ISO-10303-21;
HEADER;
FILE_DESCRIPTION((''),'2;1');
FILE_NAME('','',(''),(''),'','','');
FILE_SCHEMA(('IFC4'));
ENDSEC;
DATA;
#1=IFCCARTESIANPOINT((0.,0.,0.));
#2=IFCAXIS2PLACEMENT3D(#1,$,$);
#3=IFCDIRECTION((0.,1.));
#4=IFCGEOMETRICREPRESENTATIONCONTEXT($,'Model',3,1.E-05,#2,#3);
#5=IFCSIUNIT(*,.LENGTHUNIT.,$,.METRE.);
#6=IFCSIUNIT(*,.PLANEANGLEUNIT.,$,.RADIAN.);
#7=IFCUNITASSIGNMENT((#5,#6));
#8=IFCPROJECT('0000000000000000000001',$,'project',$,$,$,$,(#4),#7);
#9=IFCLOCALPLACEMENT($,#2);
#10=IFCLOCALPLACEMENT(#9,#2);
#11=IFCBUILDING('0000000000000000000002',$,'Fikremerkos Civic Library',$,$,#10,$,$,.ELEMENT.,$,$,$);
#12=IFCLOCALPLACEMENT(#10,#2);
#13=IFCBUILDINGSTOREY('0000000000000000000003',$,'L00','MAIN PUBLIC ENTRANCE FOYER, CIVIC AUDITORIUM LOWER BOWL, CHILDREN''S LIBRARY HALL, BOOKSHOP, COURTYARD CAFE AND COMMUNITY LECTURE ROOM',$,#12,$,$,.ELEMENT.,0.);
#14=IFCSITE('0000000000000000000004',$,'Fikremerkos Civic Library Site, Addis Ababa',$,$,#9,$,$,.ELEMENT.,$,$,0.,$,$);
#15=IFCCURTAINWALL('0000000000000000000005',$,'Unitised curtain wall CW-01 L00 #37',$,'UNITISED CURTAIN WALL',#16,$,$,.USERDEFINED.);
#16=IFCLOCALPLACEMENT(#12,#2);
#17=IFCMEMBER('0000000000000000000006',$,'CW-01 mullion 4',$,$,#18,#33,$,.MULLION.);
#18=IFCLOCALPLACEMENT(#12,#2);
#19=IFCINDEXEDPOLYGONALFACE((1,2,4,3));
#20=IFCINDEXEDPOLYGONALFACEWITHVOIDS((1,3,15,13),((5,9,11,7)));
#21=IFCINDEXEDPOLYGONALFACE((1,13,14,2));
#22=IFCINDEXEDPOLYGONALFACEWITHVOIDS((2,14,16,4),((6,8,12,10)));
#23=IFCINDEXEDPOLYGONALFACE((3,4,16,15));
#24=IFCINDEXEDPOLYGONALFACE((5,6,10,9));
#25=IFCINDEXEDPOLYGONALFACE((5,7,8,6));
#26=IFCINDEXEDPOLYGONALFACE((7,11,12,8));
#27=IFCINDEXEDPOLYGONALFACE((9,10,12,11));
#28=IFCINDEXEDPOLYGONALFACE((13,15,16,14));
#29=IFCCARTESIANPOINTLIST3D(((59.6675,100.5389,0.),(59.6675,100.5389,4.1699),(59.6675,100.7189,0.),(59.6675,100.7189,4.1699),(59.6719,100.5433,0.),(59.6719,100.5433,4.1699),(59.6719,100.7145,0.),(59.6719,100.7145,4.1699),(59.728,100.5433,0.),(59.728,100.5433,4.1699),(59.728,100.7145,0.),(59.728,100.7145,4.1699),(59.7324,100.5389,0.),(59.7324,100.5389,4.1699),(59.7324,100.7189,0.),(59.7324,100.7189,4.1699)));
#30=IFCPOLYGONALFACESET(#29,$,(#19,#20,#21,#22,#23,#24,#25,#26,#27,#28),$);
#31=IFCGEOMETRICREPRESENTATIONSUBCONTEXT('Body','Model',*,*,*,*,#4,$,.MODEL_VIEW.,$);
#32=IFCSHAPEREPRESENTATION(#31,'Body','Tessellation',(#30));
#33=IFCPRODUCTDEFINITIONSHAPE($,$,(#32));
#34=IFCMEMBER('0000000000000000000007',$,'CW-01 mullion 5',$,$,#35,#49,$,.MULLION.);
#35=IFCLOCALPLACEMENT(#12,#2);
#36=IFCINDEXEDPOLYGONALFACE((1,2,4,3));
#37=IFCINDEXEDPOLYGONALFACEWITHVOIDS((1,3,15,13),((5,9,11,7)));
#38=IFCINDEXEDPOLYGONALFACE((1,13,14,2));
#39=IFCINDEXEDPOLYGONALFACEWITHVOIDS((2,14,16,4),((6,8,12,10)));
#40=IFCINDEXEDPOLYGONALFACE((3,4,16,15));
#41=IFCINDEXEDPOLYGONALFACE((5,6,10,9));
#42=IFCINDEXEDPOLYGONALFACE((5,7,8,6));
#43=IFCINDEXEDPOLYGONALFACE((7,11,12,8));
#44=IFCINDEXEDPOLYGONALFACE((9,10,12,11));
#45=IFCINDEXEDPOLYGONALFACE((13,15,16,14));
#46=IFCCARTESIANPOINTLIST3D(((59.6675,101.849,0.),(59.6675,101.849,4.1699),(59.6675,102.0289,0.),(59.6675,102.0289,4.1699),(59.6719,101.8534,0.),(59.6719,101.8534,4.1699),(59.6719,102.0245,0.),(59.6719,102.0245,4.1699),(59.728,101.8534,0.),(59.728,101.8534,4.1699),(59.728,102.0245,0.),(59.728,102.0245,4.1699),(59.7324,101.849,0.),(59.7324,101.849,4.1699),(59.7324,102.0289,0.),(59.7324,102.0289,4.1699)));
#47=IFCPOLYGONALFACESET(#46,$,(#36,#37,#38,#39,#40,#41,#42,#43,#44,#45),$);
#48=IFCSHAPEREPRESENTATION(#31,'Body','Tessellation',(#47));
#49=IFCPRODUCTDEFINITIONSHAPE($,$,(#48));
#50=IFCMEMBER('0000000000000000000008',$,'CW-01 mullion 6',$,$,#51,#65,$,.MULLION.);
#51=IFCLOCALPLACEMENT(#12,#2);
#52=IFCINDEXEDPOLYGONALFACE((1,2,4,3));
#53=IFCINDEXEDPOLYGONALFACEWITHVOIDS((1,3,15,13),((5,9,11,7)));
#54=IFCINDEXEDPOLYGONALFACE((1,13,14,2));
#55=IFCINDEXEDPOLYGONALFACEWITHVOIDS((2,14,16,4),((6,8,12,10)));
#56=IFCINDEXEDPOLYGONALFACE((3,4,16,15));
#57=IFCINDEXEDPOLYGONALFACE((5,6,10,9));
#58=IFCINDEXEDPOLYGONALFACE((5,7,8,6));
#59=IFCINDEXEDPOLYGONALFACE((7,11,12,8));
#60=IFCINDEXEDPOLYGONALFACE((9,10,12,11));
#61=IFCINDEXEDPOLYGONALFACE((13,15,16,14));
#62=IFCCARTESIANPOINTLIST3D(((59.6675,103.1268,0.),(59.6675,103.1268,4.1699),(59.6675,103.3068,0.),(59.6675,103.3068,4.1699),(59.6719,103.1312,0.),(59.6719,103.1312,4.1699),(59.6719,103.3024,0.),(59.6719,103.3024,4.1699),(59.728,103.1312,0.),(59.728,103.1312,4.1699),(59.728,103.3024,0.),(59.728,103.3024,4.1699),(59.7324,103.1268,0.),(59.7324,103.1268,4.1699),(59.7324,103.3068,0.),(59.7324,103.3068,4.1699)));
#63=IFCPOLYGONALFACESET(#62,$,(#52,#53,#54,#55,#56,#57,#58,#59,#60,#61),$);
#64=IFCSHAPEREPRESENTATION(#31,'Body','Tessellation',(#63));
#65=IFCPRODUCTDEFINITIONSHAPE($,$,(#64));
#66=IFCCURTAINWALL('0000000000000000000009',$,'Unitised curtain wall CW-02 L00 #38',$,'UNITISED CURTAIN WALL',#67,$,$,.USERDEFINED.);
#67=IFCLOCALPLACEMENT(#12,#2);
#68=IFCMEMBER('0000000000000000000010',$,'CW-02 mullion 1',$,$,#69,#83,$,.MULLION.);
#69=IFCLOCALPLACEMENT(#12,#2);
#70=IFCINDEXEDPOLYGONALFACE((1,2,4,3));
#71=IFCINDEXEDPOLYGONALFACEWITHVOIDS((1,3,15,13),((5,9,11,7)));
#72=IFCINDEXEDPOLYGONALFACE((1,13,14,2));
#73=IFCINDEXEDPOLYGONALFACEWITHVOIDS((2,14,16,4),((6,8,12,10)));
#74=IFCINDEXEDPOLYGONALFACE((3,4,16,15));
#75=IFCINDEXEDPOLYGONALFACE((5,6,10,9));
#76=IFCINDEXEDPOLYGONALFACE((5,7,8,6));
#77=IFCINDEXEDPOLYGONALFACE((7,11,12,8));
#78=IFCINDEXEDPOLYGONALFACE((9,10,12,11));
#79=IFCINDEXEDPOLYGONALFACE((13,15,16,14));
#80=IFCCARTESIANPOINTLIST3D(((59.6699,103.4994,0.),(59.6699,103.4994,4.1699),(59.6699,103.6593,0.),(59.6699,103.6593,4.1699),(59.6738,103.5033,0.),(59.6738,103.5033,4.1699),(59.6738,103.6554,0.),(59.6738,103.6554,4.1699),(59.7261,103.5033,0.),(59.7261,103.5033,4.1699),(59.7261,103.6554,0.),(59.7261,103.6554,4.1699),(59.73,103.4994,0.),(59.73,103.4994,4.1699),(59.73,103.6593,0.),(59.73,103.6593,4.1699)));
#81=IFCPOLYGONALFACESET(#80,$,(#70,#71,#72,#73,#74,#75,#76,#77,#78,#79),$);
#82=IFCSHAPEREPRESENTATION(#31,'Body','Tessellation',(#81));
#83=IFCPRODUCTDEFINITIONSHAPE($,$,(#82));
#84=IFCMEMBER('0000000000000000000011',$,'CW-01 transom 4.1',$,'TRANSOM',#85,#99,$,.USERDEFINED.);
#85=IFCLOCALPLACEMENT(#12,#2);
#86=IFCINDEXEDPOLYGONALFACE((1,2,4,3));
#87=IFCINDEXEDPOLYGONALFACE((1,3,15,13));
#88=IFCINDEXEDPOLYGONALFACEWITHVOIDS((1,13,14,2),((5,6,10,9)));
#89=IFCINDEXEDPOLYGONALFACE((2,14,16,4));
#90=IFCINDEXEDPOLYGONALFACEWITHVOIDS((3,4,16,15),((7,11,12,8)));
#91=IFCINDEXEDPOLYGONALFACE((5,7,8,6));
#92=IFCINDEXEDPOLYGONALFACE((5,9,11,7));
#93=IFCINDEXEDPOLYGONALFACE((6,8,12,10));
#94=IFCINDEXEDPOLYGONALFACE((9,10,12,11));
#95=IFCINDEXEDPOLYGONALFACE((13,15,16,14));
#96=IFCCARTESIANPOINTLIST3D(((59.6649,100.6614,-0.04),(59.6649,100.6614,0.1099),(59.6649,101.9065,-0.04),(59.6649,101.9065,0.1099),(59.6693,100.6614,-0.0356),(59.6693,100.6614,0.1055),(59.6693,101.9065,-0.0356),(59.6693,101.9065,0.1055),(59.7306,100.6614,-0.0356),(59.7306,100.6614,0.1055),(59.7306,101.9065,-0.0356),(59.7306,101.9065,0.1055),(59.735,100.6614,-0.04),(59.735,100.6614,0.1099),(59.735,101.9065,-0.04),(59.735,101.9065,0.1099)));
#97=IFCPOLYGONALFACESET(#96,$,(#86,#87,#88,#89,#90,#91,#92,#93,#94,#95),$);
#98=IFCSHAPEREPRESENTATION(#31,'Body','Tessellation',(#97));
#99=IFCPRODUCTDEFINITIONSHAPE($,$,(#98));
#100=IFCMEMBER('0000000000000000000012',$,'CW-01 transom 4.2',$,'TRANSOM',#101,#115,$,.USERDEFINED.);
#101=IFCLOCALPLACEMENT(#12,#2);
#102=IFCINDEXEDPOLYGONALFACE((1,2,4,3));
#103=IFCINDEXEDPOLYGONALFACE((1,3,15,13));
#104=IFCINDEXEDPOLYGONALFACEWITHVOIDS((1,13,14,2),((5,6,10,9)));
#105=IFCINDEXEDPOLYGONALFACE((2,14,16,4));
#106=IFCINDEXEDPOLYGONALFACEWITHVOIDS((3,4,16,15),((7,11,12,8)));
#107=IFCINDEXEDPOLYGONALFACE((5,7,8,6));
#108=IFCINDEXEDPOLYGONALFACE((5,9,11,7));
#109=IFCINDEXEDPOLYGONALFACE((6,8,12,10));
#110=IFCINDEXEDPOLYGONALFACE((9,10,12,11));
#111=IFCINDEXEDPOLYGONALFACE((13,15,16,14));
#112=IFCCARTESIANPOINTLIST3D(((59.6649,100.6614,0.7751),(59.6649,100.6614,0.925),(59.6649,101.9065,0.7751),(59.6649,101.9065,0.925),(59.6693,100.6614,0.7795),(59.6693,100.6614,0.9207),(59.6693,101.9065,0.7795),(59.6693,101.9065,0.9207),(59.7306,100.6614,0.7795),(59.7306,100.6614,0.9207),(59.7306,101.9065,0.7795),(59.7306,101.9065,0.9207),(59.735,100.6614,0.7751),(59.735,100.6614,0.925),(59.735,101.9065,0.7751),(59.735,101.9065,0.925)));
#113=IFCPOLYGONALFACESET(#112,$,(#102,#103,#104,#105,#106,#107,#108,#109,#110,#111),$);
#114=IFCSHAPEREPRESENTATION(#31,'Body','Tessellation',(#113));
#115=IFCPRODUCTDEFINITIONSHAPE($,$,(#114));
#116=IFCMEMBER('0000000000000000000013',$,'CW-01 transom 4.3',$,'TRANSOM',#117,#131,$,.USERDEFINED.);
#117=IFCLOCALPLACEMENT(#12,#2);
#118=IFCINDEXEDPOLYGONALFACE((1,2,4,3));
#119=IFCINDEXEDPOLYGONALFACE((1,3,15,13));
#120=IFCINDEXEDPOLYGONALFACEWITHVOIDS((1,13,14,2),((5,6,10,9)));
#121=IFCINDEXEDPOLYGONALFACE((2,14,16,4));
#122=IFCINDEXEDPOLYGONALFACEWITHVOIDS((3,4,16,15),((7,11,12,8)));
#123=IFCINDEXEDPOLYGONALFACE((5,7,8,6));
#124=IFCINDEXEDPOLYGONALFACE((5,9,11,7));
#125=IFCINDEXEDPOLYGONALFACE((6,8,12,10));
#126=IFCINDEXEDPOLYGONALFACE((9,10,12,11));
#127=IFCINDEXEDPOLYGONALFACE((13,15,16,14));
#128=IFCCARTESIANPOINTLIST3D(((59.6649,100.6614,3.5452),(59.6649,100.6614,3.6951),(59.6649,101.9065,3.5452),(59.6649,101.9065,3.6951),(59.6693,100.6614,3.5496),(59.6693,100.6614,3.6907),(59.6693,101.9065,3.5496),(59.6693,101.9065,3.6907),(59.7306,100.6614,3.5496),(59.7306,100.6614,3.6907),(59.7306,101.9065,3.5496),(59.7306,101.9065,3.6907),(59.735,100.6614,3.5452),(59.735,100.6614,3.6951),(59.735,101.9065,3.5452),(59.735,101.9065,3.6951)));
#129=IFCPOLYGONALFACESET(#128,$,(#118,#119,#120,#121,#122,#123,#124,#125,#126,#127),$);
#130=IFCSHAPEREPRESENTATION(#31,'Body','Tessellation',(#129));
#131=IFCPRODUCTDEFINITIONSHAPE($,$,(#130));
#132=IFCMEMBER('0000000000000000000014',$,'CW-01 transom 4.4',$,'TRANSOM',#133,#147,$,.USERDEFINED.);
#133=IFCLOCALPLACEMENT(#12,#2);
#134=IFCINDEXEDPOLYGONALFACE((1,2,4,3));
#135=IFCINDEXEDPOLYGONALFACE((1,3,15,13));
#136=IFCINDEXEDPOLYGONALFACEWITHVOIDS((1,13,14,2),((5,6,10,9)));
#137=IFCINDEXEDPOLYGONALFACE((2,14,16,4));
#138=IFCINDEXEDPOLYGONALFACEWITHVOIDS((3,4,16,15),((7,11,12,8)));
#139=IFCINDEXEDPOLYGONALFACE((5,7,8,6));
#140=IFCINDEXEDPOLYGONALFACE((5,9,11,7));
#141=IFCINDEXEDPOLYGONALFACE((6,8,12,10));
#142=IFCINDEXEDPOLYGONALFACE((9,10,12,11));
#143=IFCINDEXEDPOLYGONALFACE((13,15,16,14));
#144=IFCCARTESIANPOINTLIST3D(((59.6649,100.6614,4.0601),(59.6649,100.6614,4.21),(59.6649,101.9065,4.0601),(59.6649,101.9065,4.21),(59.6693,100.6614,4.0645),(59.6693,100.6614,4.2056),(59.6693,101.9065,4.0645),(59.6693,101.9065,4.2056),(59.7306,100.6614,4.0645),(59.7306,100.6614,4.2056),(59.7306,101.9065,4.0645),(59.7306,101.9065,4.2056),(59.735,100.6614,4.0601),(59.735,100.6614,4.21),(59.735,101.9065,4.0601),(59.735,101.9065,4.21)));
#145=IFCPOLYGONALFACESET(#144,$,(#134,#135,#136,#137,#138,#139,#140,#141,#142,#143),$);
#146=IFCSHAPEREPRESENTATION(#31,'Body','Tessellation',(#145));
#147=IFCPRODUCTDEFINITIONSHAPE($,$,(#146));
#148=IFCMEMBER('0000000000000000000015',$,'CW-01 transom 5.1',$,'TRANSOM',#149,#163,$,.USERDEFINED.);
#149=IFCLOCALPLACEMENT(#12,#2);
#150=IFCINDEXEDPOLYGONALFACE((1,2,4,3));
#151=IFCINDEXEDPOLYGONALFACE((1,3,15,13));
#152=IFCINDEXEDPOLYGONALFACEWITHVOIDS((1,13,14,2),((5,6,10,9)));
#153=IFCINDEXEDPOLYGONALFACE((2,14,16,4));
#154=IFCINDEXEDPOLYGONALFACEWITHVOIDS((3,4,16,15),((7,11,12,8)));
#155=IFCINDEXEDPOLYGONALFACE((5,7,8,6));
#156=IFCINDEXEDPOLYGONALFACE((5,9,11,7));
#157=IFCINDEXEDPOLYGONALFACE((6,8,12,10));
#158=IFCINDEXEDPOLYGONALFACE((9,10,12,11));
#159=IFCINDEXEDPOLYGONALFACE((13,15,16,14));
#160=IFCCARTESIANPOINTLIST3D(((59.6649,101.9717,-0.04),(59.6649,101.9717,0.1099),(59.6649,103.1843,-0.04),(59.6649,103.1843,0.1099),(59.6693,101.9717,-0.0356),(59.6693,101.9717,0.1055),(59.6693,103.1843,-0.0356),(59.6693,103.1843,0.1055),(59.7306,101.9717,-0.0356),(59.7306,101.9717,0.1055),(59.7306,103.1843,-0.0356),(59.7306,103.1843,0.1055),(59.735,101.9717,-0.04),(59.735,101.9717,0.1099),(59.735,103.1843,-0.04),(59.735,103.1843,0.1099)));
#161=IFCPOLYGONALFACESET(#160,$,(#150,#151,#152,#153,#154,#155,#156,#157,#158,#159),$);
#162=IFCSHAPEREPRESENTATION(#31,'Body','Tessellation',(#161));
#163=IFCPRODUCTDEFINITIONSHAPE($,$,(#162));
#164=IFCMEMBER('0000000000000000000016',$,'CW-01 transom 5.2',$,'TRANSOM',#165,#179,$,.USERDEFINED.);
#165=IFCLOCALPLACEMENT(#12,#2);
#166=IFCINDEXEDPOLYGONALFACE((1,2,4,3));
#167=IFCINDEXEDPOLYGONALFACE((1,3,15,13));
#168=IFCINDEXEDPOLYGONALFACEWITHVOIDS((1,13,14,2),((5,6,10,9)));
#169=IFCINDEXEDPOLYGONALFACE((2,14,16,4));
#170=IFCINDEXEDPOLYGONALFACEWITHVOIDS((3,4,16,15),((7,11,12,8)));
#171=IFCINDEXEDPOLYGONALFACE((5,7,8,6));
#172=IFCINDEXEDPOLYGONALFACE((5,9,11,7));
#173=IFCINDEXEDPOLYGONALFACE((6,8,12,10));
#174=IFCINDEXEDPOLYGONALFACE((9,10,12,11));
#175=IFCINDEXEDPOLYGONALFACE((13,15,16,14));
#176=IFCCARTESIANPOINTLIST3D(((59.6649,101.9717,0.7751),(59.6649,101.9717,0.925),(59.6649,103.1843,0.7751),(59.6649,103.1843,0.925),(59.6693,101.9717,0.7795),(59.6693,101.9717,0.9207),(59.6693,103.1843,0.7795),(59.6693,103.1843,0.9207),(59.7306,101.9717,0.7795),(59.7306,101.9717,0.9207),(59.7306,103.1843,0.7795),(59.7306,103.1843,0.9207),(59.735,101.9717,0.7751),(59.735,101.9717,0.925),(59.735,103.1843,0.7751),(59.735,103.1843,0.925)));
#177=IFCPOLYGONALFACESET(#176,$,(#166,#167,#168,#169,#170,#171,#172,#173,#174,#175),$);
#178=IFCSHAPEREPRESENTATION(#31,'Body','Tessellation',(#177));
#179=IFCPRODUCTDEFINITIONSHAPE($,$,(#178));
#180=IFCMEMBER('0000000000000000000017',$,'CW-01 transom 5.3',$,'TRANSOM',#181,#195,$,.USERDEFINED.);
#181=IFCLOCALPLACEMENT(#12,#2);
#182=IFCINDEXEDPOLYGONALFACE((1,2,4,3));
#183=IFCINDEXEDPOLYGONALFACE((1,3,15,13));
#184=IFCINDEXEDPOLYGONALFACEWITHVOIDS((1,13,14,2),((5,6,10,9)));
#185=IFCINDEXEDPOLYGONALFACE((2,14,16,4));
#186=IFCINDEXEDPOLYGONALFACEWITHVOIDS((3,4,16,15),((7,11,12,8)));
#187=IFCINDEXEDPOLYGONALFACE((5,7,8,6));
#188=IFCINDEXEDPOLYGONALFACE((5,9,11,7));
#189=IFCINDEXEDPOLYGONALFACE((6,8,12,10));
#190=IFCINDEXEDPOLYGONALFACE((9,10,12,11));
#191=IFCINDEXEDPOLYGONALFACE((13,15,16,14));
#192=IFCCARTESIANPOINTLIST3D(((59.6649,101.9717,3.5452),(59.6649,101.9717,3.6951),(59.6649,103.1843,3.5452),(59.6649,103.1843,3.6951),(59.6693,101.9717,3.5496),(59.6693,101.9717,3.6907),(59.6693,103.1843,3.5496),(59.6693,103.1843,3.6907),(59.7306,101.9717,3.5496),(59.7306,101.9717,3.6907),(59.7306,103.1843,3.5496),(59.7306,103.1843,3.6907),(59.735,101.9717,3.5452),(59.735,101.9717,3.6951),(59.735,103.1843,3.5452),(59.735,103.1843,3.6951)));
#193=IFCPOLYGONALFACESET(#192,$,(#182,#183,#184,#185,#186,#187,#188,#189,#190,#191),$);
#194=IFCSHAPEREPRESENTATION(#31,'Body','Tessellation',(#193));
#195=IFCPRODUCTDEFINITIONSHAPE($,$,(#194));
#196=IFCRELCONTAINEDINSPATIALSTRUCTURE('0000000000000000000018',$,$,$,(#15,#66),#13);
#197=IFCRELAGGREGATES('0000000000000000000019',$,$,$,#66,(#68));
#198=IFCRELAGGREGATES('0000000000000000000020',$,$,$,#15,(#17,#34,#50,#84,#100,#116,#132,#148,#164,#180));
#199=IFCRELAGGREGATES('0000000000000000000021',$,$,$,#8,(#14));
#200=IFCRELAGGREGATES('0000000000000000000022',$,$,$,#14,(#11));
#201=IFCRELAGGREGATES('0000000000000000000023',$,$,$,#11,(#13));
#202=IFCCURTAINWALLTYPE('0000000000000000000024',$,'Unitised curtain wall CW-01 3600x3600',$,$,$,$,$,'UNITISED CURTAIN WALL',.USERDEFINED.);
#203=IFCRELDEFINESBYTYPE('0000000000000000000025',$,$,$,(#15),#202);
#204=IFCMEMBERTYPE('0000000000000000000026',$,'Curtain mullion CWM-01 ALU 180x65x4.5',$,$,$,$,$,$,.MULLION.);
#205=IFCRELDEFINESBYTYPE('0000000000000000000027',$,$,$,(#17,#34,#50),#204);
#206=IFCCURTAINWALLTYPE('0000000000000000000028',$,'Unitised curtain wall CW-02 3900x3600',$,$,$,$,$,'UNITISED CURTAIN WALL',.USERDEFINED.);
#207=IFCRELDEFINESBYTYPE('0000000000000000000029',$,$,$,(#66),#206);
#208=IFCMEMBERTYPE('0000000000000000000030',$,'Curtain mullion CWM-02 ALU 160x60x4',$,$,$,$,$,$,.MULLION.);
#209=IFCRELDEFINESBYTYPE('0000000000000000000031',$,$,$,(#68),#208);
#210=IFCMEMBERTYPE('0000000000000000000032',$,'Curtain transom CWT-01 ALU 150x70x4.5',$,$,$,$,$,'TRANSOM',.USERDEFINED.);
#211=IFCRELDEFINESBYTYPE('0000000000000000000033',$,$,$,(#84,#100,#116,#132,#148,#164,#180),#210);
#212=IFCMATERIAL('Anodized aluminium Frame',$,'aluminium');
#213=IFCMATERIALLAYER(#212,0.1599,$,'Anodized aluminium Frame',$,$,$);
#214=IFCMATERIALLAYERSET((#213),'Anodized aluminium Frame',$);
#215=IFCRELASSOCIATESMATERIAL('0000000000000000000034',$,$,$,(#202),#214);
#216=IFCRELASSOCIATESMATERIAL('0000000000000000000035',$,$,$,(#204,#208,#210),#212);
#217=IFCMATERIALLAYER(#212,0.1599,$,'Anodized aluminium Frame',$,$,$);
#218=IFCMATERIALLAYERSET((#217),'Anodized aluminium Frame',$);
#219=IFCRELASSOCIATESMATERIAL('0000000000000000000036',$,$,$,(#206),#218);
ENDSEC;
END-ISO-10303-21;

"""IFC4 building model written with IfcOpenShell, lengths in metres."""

from ifc_helpers import new_model, si_unit, direction, frame, origin, origin_2d, place, context, subcontext, project, spatial, hollow_rectangle, extrude, material, layer, layer_set, material_profile, profile_set, type_object, element, aggregate, save


model = new_model("IFC4")

# Units and contexts
model_context = context("Model", 3, precision=1e-05, world=origin(), true_north=direction((0.0, 1.0)))
body_context = subcontext(model_context, "Body", "Model", "MODEL_VIEW")
ifc_project = project(units=[si_unit("LENGTHUNIT", "METRE"), si_unit("PLANEANGLEUNIT", "RADIAN")], contexts=[model_context])

# Site, building, storey
site_placement = place(None, origin())
site = spatial("IfcSite", under=ifc_project, at=site_placement, Name="Fikremerkos Civic Library Site, Addis Ababa", CompositionType="ELEMENT", RefElevation=0.0)
building_placement = place(site_placement, origin())
building = spatial("IfcBuilding", under=site, at=building_placement, Name="Fikremerkos Civic Library", CompositionType="ELEMENT")
storey_placement = place(building_placement, origin())
storey = spatial("IfcBuildingStorey", under=building, at=storey_placement, Name="L00", Description="MAIN PUBLIC ENTRANCE FOYER, CIVIC AUDITORIUM LOWER BOWL, CHILDREN'S LIBRARY HALL, BOOKSHOP, COURTYARD CAFE AND COMMUNITY LECTURE ROOM", CompositionType="ELEMENT", Elevation=0.0)

# Curtain wall, members
ifc_material_1 = material(Name="Anodized aluminium Frame", Category="aluminium")
ifc_layer_1 = layer(ifc_material_1, 0.1599, Name="Anodized aluminium Frame")
ifc_layer_set_1 = layer_set([ifc_layer_1], Name="Anodized aluminium Frame")
curtain_wall_type_1 = type_object("IfcCurtainWallType", Name="Unitised curtain wall CW-01 3600x3600", ElementType="UNITISED CURTAIN WALL", PredefinedType="USERDEFINED", material=ifc_layer_set_1)
curtain_wall_1_placement = place(storey_placement, origin())
curtain_wall_1 = element("IfcCurtainWall", 1, at=curtain_wall_1_placement, inside=storey, type_object=curtain_wall_type_1, Name="Unitised curtain wall CW-01 L00 #37", ObjectType="UNITISED CURTAIN WALL", PredefinedType="USERDEFINED")
ifc_material_profile_1 = material_profile(ifc_material_1, hollow_rectangle(XDim=0.0649, YDim=0.1799, WallThickness=0.0044, at=origin_2d()), Name="ALU 180x65x4.5")
ifc_profile_set_1 = profile_set([ifc_material_profile_1], Name="Anodized aluminium Frame")
member_type_1 = type_object("IfcMemberType", Name="Curtain mullion CWM-01 ALU 180x65x4.5", PredefinedType="MULLION", material=ifc_profile_set_1)
member_1_placement = place(storey_placement, frame((59.7, 100.6289, 0.0), z_axis=(0.0, 0.0, 1.0), x_axis=(-1.0, 0.0, 0.0)))
member_1 = element("IfcMember", 2, at=member_1_placement, type_object=member_type_1, Name="CW-01 mullion 4", PredefinedType="MULLION", context=body_context, shape_type="SweptSolid", body=[
    extrude(hollow_rectangle(XDim=0.0649, YDim=0.1799, WallThickness=0.0044, at=origin_2d()), origin(), (0.0, 0.0, 1.0), 4.1699),
])
member_2_placement = place(storey_placement, frame((59.7, 101.939, 0.0), z_axis=(0.0, 0.0, 1.0), x_axis=(-1.0, 0.0, 0.0)))
member_2 = element("IfcMember", 3, at=member_2_placement, type_object=member_type_1, Name="CW-01 mullion 5", PredefinedType="MULLION", context=body_context, shape_type="SweptSolid", body=[
    extrude(hollow_rectangle(XDim=0.0649, YDim=0.1799, WallThickness=0.0044, at=origin_2d()), origin(), (0.0, 0.0, 1.0), 4.1699),
])
member_3_placement = place(storey_placement, frame((59.7, 103.2168, 0.0), z_axis=(0.0, 0.0, 1.0), x_axis=(-1.0, 0.0, 0.0)))
member_3 = element("IfcMember", 4, at=member_3_placement, type_object=member_type_1, Name="CW-01 mullion 6", PredefinedType="MULLION", context=body_context, shape_type="SweptSolid", body=[
    extrude(hollow_rectangle(XDim=0.0649, YDim=0.1799, WallThickness=0.0044, at=origin_2d()), origin(), (0.0, 0.0, 1.0), 4.1699),
])

# Curtain wall, member
ifc_layer_2 = layer(ifc_material_1, 0.1599, Name="Anodized aluminium Frame")
ifc_layer_set_2 = layer_set([ifc_layer_2], Name="Anodized aluminium Frame")
curtain_wall_type_2 = type_object("IfcCurtainWallType", Name="Unitised curtain wall CW-02 3900x3600", ElementType="UNITISED CURTAIN WALL", PredefinedType="USERDEFINED", material=ifc_layer_set_2)
curtain_wall_2_placement = place(storey_placement, origin())
curtain_wall_2 = element("IfcCurtainWall", 5, at=curtain_wall_2_placement, inside=storey, type_object=curtain_wall_type_2, Name="Unitised curtain wall CW-02 L00 #38", ObjectType="UNITISED CURTAIN WALL", PredefinedType="USERDEFINED")
ifc_material_profile_2 = material_profile(ifc_material_1, hollow_rectangle(XDim=0.0601, YDim=0.1599, WallThickness=0.0039, at=origin_2d()), Name="ALU 160x60x4")
ifc_profile_set_2 = profile_set([ifc_material_profile_2], Name="Anodized aluminium Frame")
member_type_2 = type_object("IfcMemberType", Name="Curtain mullion CWM-02 ALU 160x60x4", PredefinedType="MULLION", material=ifc_profile_set_2)
member_4_placement = place(storey_placement, frame((59.7, 103.5793, 0.0), z_axis=(0.0, 0.0, 1.0), x_axis=(-1.0, 0.0, 0.0)))
member_4 = element("IfcMember", 6, at=member_4_placement, type_object=member_type_2, Name="CW-02 mullion 1", PredefinedType="MULLION", context=body_context, shape_type="SweptSolid", body=[
    extrude(hollow_rectangle(XDim=0.0601, YDim=0.1599, WallThickness=0.0039, at=origin_2d()), origin(), (0.0, 0.0, 1.0), 4.1699),
])

# Members
ifc_material_profile_3 = material_profile(ifc_material_1, hollow_rectangle(XDim=0.0701, YDim=0.1499, WallThickness=0.0044, at=origin_2d()), Name="ALU 150x70x4.5")
ifc_profile_set_3 = profile_set([ifc_material_profile_3], Name="Anodized aluminium Frame")
member_type_3 = type_object("IfcMemberType", Name="Curtain transom CWT-01 ALU 150x70x4.5", ElementType="TRANSOM", PredefinedType="USERDEFINED", material=ifc_profile_set_3)
member_5_placement = place(storey_placement, frame((59.7, 100.6614, 0.0349), z_axis=(0.0, 1.0, 0.0), x_axis=(-1.0, 0.0, 0.0)))
member_5 = element("IfcMember", 7, at=member_5_placement, type_object=member_type_3, Name="CW-01 transom 4.1", ObjectType="TRANSOM", PredefinedType="USERDEFINED", context=body_context, shape_type="SweptSolid", body=[
    extrude(hollow_rectangle(XDim=0.0701, YDim=0.1499, WallThickness=0.0044, at=origin_2d()), origin(), (0.0, 0.0, 1.0), 1.2451),
])
member_6_placement = place(storey_placement, frame((59.7, 100.6614, 0.8501), z_axis=(0.0, 1.0, 0.0), x_axis=(-1.0, 0.0, 0.0)))
member_6 = element("IfcMember", 8, at=member_6_placement, type_object=member_type_3, Name="CW-01 transom 4.2", ObjectType="TRANSOM", PredefinedType="USERDEFINED", context=body_context, shape_type="SweptSolid", body=[
    extrude(hollow_rectangle(XDim=0.0701, YDim=0.1499, WallThickness=0.0044, at=origin_2d()), origin(), (0.0, 0.0, 1.0), 1.2451),
])
member_7_placement = place(storey_placement, frame((59.7, 100.6614, 3.6201), z_axis=(0.0, 1.0, 0.0), x_axis=(-1.0, 0.0, 0.0)))
member_7 = element("IfcMember", 9, at=member_7_placement, type_object=member_type_3, Name="CW-01 transom 4.3", ObjectType="TRANSOM", PredefinedType="USERDEFINED", context=body_context, shape_type="SweptSolid", body=[
    extrude(hollow_rectangle(XDim=0.0701, YDim=0.1499, WallThickness=0.0044, at=origin_2d()), origin(), (0.0, 0.0, 1.0), 1.2451),
])
member_8_placement = place(storey_placement, frame((59.7, 100.6614, 4.135), z_axis=(0.0, 1.0, 0.0), x_axis=(-1.0, 0.0, 0.0)))
member_8 = element("IfcMember", 10, at=member_8_placement, type_object=member_type_3, Name="CW-01 transom 4.4", ObjectType="TRANSOM", PredefinedType="USERDEFINED", context=body_context, shape_type="SweptSolid", body=[
    extrude(hollow_rectangle(XDim=0.0701, YDim=0.1499, WallThickness=0.0044, at=origin_2d()), origin(), (0.0, 0.0, 1.0), 1.2451),
])
member_9_placement = place(storey_placement, frame((59.7, 101.9717, 0.0349), z_axis=(0.0, 1.0, 0.0), x_axis=(-1.0, 0.0, 0.0)))
member_9 = element("IfcMember", 11, at=member_9_placement, type_object=member_type_3, Name="CW-01 transom 5.1", ObjectType="TRANSOM", PredefinedType="USERDEFINED", context=body_context, shape_type="SweptSolid", body=[
    extrude(hollow_rectangle(XDim=0.0701, YDim=0.1499, WallThickness=0.0044, at=origin_2d()), origin(), (0.0, 0.0, 1.0), 1.2126),
])
member_10_placement = place(storey_placement, frame((59.7, 101.9717, 0.8501), z_axis=(0.0, 1.0, 0.0), x_axis=(-1.0, 0.0, 0.0)))
member_10 = element("IfcMember", 12, at=member_10_placement, type_object=member_type_3, Name="CW-01 transom 5.2", ObjectType="TRANSOM", PredefinedType="USERDEFINED", context=body_context, shape_type="SweptSolid", body=[
    extrude(hollow_rectangle(XDim=0.0701, YDim=0.1499, WallThickness=0.0044, at=origin_2d()), origin(), (0.0, 0.0, 1.0), 1.2126),
])
member_11_placement = place(storey_placement, frame((59.7, 101.9717, 3.6201), z_axis=(0.0, 1.0, 0.0), x_axis=(-1.0, 0.0, 0.0)))
member_11 = element("IfcMember", 13, at=member_11_placement, type_object=member_type_3, Name="CW-01 transom 5.3", ObjectType="TRANSOM", PredefinedType="USERDEFINED", context=body_context, shape_type="SweptSolid", body=[
    extrude(hollow_rectangle(XDim=0.0701, YDim=0.1499, WallThickness=0.0044, at=origin_2d()), origin(), (0.0, 0.0, 1.0), 1.2126),
])
aggregate(curtain_wall_2, [member_4])

aggregate(curtain_wall_1, [member_1, member_2, member_3, member_5, member_6, member_7, member_8, member_9, member_10, member_11])

save(model, "model.ifc")
